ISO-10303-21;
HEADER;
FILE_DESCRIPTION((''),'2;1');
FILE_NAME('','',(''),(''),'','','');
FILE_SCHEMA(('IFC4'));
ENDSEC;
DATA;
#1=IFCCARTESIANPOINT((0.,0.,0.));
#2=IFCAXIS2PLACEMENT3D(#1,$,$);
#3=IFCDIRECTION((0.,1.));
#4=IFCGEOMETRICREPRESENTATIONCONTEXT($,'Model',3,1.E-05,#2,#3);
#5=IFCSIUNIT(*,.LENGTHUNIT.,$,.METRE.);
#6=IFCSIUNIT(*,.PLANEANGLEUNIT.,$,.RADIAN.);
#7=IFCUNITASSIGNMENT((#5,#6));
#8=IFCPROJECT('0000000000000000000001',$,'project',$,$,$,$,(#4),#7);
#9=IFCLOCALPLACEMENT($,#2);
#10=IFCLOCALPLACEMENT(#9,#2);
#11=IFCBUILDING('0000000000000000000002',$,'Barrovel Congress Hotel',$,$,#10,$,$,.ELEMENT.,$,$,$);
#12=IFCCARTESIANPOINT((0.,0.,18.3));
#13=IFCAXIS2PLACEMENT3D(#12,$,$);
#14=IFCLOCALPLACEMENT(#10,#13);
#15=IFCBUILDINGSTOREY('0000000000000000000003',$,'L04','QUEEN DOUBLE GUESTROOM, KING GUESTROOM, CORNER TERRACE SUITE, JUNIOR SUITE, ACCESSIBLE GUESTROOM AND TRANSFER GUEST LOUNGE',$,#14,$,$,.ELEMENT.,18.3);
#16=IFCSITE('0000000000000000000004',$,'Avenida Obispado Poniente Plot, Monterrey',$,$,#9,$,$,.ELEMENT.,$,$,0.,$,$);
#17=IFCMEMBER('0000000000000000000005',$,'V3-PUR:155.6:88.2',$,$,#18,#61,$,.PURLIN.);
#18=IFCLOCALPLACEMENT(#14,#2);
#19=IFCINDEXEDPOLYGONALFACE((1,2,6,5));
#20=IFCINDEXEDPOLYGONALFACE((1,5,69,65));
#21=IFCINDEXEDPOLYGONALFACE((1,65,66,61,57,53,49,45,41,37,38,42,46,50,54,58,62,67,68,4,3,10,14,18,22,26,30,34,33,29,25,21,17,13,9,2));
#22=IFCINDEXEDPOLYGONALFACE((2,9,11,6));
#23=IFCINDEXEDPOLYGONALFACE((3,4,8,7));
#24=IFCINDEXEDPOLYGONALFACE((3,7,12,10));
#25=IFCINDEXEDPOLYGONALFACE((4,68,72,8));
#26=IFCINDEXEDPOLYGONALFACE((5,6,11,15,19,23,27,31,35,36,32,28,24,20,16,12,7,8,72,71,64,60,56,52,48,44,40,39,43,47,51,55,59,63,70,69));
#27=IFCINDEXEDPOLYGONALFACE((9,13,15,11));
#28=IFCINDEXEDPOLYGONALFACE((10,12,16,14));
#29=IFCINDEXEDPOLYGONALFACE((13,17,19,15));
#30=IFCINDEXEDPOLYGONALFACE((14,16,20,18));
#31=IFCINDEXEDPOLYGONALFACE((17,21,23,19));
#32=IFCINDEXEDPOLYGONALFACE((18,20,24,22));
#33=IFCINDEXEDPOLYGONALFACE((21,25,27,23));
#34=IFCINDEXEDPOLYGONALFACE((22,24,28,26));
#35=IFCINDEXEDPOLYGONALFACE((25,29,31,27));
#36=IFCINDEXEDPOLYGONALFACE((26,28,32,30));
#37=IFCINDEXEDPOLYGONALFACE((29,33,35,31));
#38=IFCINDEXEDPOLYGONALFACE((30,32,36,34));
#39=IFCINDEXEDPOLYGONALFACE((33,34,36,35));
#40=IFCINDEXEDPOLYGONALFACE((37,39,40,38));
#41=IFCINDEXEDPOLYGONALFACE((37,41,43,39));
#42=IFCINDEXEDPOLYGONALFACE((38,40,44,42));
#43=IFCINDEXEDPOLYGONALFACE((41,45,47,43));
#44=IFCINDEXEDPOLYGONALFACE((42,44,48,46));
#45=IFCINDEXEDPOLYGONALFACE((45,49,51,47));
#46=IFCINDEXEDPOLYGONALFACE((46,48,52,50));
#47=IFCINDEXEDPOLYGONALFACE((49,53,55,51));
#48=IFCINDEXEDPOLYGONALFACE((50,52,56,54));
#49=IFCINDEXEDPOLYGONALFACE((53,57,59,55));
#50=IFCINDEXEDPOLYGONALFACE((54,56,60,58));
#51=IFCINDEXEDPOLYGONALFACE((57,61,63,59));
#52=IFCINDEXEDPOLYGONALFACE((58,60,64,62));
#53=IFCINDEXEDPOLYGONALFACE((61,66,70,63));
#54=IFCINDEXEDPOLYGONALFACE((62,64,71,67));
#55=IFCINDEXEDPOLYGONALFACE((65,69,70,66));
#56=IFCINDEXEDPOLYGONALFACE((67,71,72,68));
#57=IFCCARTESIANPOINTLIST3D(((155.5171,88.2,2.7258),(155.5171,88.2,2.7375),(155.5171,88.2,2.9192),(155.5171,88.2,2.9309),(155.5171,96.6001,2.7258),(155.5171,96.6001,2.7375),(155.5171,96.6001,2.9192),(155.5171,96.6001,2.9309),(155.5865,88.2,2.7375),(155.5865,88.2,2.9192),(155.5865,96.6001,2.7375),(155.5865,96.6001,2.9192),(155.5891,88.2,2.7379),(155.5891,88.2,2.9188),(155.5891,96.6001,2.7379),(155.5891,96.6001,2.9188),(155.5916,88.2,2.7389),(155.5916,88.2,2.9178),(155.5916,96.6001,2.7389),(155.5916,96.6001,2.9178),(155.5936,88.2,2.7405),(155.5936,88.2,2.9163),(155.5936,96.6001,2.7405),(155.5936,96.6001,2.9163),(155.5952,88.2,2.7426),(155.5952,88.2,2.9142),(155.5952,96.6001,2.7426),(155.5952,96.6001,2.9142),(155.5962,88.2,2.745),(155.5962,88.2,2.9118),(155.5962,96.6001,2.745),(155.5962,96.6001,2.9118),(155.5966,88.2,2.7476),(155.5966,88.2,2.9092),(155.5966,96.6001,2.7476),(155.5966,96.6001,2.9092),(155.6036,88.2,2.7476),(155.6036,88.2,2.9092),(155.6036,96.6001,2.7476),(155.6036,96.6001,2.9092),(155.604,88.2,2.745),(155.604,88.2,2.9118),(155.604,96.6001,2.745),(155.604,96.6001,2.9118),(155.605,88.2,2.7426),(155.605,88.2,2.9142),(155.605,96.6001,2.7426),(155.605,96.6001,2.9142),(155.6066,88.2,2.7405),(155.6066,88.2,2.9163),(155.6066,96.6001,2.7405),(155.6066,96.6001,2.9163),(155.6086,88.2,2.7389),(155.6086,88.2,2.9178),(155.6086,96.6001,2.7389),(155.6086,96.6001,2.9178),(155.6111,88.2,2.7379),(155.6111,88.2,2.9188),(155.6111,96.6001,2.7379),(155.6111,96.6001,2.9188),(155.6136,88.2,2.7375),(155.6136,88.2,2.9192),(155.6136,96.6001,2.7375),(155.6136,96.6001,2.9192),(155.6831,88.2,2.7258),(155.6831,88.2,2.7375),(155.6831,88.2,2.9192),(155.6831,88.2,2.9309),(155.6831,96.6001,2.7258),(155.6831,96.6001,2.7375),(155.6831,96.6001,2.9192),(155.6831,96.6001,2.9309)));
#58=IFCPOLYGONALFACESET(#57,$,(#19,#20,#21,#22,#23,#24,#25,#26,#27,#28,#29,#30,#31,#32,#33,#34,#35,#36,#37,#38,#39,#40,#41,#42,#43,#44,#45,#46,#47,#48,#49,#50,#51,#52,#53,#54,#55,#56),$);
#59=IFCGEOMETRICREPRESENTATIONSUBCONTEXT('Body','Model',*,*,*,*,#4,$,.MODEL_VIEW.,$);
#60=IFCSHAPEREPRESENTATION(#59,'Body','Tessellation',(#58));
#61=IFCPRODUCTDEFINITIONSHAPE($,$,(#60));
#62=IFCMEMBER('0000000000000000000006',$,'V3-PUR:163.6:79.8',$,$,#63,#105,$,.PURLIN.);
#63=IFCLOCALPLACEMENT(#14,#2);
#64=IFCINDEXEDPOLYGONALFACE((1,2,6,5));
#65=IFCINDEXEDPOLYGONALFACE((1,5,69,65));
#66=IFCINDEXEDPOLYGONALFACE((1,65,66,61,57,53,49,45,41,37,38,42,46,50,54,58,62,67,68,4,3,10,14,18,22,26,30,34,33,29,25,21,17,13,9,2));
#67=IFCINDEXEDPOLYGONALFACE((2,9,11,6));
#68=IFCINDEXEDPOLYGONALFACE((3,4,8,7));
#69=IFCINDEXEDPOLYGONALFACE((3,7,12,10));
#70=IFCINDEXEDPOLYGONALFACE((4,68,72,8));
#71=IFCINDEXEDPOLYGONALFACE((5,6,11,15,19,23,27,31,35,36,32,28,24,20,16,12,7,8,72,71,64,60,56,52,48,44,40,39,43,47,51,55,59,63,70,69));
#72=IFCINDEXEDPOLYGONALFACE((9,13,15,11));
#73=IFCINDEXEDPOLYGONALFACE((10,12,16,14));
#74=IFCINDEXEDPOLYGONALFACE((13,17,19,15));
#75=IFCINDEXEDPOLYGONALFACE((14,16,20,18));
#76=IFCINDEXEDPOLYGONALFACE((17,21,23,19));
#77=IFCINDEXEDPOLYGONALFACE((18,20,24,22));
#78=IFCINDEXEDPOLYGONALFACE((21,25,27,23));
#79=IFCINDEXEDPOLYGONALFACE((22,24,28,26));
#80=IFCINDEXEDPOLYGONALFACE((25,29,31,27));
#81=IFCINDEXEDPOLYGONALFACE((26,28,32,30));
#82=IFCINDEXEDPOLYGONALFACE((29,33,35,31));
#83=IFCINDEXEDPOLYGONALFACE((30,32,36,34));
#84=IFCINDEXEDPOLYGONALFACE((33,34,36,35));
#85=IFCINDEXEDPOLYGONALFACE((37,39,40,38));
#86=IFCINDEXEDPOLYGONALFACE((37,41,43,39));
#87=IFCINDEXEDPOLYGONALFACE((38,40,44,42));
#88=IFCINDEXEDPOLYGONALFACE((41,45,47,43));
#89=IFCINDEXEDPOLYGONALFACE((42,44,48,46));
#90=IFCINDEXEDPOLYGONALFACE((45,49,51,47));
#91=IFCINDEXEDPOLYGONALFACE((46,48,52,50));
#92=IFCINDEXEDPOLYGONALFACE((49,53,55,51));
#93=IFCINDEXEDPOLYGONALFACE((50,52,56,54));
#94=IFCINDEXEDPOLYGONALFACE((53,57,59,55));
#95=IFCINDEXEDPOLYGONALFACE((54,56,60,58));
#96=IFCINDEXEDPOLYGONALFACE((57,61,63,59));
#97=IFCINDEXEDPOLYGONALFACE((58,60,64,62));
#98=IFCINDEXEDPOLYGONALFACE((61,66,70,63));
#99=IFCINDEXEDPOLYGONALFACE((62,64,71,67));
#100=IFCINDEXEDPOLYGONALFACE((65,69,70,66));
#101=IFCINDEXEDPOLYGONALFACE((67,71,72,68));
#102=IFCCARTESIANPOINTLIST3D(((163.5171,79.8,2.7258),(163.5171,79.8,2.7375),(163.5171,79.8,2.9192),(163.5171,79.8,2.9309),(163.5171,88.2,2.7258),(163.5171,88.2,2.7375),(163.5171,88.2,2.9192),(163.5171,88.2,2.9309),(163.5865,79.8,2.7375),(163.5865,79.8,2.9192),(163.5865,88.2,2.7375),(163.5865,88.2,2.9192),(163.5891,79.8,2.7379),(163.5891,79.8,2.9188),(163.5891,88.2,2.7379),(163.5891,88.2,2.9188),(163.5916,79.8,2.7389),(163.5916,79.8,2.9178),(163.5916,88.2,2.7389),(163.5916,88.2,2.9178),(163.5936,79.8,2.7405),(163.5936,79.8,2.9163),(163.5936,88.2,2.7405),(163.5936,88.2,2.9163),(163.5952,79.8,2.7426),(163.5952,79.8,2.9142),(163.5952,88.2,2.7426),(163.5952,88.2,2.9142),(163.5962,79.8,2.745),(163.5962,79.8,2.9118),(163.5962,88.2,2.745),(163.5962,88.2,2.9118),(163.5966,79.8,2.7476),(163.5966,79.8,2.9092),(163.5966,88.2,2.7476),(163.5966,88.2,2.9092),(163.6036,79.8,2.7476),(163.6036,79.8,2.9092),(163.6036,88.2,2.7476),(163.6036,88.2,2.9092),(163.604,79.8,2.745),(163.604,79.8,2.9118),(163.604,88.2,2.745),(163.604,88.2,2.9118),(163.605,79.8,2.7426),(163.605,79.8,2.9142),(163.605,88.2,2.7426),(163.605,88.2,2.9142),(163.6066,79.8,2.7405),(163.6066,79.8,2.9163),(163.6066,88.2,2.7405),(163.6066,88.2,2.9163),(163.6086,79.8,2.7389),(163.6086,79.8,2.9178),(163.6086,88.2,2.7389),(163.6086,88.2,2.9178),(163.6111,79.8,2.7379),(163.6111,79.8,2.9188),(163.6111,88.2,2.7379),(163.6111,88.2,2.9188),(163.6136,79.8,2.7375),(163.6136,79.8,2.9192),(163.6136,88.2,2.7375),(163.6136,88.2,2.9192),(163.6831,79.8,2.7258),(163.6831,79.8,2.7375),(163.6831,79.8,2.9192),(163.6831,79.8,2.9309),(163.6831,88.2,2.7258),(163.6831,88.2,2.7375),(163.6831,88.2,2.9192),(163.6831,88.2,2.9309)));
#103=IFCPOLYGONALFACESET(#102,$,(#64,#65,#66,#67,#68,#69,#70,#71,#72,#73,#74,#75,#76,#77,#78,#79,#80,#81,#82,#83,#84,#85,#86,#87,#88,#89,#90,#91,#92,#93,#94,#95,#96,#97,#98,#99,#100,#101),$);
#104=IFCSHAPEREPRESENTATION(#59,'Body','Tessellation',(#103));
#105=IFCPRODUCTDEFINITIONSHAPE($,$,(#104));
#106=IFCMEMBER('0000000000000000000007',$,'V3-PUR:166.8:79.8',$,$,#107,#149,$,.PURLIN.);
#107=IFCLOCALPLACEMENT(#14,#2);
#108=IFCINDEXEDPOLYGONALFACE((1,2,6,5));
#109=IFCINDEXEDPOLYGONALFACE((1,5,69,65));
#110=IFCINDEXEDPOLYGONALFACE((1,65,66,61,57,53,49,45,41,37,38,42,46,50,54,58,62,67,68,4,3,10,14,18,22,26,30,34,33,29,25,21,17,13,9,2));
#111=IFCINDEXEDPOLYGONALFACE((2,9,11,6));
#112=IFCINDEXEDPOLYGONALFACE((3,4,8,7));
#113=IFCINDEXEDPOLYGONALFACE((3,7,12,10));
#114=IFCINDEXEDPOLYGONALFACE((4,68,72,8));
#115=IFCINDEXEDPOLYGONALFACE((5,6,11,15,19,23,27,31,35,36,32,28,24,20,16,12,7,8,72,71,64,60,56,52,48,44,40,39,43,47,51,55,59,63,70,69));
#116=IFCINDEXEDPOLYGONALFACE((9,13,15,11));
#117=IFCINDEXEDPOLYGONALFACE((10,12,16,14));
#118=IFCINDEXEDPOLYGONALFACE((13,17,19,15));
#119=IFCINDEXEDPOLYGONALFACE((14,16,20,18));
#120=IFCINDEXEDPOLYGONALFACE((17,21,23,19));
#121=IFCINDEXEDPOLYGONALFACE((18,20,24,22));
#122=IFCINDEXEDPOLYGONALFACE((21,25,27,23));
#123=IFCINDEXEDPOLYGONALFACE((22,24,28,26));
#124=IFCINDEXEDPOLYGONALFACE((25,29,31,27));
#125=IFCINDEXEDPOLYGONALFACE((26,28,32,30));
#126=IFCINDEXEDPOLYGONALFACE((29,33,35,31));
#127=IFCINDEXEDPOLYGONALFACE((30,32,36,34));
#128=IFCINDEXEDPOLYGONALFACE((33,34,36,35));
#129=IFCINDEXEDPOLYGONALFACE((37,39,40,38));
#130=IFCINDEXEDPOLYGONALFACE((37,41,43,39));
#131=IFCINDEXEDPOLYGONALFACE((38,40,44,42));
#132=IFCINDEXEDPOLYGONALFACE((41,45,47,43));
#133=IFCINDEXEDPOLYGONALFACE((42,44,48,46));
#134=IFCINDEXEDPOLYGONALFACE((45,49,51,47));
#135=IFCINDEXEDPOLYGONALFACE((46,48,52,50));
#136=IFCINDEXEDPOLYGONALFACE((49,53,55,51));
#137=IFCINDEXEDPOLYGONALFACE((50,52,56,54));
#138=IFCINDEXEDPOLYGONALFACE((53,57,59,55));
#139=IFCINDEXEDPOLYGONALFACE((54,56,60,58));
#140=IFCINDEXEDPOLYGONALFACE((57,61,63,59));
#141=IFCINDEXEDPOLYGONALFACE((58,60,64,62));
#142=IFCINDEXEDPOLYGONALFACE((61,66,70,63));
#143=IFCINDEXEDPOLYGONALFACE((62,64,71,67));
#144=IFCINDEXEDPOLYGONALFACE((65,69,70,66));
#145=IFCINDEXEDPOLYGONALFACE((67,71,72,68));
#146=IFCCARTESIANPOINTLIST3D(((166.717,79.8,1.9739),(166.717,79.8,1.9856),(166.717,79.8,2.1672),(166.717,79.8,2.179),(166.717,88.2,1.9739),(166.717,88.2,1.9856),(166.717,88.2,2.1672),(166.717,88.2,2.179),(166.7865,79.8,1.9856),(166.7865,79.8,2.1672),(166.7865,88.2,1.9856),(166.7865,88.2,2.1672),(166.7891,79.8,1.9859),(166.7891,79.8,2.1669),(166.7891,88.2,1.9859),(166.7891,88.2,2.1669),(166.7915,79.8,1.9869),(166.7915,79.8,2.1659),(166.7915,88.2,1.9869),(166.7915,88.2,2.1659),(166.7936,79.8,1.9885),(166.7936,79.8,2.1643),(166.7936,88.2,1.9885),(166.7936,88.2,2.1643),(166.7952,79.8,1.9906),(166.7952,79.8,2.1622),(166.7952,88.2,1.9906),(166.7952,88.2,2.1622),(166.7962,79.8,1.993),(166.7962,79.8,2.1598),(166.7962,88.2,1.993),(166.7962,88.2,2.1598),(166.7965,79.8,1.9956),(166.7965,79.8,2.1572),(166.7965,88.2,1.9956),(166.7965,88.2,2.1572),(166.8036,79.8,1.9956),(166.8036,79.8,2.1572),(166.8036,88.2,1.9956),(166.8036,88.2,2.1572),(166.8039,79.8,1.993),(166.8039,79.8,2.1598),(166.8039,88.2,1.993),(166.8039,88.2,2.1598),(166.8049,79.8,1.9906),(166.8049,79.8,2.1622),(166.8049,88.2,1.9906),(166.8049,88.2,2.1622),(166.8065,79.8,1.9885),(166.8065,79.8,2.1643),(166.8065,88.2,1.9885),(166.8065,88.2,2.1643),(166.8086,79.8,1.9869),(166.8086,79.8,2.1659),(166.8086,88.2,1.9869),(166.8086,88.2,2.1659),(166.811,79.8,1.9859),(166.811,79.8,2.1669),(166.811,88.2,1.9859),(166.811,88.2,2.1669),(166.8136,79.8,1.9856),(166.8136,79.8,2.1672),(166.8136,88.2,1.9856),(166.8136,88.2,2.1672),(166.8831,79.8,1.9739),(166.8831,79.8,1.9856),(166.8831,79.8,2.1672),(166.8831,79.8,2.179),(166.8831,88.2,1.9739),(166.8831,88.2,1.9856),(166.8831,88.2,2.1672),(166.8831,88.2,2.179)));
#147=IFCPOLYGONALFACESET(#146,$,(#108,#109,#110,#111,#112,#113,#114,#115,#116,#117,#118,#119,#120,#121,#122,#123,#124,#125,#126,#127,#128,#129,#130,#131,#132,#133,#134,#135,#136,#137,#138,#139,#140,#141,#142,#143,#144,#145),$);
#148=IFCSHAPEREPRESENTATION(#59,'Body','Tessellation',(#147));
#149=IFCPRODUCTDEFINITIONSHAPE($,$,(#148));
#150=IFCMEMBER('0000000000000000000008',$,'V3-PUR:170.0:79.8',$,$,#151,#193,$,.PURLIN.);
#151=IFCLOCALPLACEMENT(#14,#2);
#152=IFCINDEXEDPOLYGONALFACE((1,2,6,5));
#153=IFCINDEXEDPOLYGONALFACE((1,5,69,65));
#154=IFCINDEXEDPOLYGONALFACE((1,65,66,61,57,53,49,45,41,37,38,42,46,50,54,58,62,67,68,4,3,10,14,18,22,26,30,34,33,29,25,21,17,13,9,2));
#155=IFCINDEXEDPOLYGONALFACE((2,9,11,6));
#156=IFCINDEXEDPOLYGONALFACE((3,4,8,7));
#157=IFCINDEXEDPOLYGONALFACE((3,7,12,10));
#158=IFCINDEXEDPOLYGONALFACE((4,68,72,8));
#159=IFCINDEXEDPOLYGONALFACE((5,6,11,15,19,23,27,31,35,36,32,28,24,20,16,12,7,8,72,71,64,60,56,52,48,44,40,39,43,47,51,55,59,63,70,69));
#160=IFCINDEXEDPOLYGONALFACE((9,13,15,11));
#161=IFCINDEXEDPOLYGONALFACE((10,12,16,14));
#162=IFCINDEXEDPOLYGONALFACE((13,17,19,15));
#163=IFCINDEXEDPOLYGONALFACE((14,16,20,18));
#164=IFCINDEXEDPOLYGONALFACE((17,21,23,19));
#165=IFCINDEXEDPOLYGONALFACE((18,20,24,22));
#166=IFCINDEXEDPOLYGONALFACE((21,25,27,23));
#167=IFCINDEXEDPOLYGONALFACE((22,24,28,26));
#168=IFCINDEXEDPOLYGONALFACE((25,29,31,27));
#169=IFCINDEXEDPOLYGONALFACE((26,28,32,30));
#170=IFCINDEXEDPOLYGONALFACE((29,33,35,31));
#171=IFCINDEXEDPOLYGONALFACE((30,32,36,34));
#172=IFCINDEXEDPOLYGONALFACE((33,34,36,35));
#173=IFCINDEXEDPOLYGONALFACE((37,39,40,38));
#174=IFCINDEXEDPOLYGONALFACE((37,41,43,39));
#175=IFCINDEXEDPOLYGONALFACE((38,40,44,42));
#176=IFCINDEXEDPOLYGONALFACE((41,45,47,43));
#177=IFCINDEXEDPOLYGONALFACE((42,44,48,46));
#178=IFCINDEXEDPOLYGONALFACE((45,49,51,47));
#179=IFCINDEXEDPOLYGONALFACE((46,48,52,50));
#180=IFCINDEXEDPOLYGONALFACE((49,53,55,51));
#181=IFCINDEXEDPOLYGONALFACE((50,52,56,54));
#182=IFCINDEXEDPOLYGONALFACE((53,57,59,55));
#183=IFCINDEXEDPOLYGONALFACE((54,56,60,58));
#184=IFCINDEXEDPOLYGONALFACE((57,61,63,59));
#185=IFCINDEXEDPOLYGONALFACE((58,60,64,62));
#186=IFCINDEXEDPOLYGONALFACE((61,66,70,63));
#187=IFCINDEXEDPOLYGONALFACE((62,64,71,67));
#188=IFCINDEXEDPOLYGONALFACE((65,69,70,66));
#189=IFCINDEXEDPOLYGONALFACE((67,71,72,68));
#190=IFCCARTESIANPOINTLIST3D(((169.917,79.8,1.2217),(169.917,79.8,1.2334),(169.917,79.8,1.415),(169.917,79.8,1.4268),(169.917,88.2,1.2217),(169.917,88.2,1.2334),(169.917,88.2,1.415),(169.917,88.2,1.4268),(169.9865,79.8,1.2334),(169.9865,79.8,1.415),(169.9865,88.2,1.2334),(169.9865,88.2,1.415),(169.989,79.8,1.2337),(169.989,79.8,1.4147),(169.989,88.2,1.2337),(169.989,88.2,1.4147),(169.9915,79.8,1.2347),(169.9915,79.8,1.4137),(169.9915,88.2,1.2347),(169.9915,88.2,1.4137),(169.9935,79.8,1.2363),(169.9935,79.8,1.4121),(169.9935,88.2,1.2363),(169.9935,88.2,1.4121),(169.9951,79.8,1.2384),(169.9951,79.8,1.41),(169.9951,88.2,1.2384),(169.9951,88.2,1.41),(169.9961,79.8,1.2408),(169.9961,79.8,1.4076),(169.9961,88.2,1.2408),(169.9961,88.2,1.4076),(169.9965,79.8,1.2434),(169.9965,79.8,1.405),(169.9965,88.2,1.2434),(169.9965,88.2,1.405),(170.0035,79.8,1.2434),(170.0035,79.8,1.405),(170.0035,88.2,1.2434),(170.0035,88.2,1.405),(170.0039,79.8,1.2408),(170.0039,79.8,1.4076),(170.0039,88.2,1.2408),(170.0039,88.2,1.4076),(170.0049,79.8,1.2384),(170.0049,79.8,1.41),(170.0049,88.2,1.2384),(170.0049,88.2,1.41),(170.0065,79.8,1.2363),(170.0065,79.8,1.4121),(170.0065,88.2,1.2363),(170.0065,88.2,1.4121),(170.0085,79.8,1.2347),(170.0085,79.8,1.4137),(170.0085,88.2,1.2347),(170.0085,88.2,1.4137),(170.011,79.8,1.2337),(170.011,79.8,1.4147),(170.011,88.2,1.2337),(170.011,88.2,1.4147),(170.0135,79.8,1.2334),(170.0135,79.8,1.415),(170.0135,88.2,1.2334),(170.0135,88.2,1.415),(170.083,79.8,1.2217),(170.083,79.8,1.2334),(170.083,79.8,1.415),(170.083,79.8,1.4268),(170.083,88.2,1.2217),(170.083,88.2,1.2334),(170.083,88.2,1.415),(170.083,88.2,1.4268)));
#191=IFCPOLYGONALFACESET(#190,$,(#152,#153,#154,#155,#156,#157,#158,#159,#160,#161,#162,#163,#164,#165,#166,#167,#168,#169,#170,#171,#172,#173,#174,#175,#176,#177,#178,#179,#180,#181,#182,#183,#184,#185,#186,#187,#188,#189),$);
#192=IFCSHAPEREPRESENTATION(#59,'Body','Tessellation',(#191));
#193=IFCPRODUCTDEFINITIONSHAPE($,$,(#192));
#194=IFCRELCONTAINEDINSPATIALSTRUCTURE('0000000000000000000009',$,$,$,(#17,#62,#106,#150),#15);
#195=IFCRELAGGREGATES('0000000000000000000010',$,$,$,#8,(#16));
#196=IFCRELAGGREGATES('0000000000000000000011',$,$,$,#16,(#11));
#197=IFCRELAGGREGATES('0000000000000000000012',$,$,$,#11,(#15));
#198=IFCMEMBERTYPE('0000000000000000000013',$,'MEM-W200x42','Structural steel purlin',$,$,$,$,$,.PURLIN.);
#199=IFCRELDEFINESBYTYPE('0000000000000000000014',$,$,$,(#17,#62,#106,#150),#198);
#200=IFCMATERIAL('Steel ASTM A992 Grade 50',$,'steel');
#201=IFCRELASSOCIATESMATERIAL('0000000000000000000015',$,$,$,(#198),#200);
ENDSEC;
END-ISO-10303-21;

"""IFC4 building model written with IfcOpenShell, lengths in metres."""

from ifc_helpers import new_model, si_unit, direction, frame, origin, origin_2d, place, context, subcontext, project, spatial, i_section, extrude, material, material_profile, profile_set, type_object, element, save


model = new_model("IFC4")

# Units and contexts
model_context = context("Model", 3, precision=1e-05, world=origin(), true_north=direction((0.0, 1.0)))
body_context = subcontext(model_context, "Body", "Model", "MODEL_VIEW")
ifc_project = project(units=[si_unit("LENGTHUNIT", "METRE"), si_unit("PLANEANGLEUNIT", "RADIAN")], contexts=[model_context])

# Site, building, storey
site_placement = place(None, origin())
site = spatial("IfcSite", under=ifc_project, at=site_placement, Name="Avenida Obispado Poniente Plot, Monterrey", CompositionType="ELEMENT", RefElevation=0.0)
building_placement = place(site_placement, origin())
building = spatial("IfcBuilding", under=site, at=building_placement, Name="Barrovel Congress Hotel", CompositionType="ELEMENT")
storey_placement = place(building_placement, frame((0.0, 0.0, 18.3)))
storey = spatial("IfcBuildingStorey", under=building, at=storey_placement, Name="L04", Description="QUEEN DOUBLE GUESTROOM, KING GUESTROOM, CORNER TERRACE SUITE, JUNIOR SUITE, ACCESSIBLE GUESTROOM AND TRANSFER GUEST LOUNGE", CompositionType="ELEMENT", Elevation=18.3)

# Members
ifc_material_1 = material(Name="Steel ASTM A992 Grade 50", Category="steel")
ifc_material_profile_1 = material_profile(ifc_material_1, i_section(OverallWidth=0.166, OverallDepth=0.2051, WebThickness=0.0071, FlangeThickness=0.0117, FilletRadius=0.01, at=origin_2d()), Name="W200x42")
ifc_profile_set_1 = profile_set([ifc_material_profile_1], Name="Steel ASTM A992 Grade 50")
member_type_1 = type_object("IfcMemberType", Name="MEM-W200x42", Description="Structural steel purlin", PredefinedType="PURLIN", material=ifc_profile_set_1)
member_1_placement = place(storey_placement, frame((155.6001, 88.2, 2.8284), z_axis=(0.0, 1.0, 0.0), x_axis=(-1.0, 0.0, 0.0)))
element("IfcMember", 1, at=member_1_placement, inside=storey, type_object=member_type_1, Name="V3-PUR:155.6:88.2", PredefinedType="PURLIN", context=body_context, shape_type="SweptSolid", body=[
    extrude(i_section(OverallWidth=0.166, OverallDepth=0.2051, WebThickness=0.0071, FlangeThickness=0.0117, FilletRadius=0.01, at=origin_2d()), origin(), (0.0, 0.0, 1.0), 8.4001),
])
for number, where, z_axis, x_axis, name in (
    (2, (163.6001, 79.8, 2.8284), (0.0, 1.0, 0.0), (-1.0, 0.0, 0.0), "V3-PUR:163.6:79.8"),
    (3, (166.8, 79.8, 2.0764), (0.0, 1.0, 0.0), (-1.0, 0.0, 0.0), "V3-PUR:166.8:79.8"),
    (4, (170.0, 79.8, 1.3242), (0.0, 1.0, 0.0), (-1.0, 0.0, 0.0), "V3-PUR:170.0:79.8"),
):
    element("IfcMember", number, at=place(storey_placement, frame(where, z_axis=z_axis, x_axis=x_axis)), inside=storey, type_object=member_type_1, Name=name, PredefinedType="PURLIN", context=body_context, shape_type="SweptSolid", body=[
        extrude(i_section(OverallWidth=0.166, OverallDepth=0.2051, WebThickness=0.0071, FlangeThickness=0.0117, FilletRadius=0.01, at=origin_2d()), origin(), (0.0, 0.0, 1.0), 8.3999),
    ])

save(model, "model.ifc")
